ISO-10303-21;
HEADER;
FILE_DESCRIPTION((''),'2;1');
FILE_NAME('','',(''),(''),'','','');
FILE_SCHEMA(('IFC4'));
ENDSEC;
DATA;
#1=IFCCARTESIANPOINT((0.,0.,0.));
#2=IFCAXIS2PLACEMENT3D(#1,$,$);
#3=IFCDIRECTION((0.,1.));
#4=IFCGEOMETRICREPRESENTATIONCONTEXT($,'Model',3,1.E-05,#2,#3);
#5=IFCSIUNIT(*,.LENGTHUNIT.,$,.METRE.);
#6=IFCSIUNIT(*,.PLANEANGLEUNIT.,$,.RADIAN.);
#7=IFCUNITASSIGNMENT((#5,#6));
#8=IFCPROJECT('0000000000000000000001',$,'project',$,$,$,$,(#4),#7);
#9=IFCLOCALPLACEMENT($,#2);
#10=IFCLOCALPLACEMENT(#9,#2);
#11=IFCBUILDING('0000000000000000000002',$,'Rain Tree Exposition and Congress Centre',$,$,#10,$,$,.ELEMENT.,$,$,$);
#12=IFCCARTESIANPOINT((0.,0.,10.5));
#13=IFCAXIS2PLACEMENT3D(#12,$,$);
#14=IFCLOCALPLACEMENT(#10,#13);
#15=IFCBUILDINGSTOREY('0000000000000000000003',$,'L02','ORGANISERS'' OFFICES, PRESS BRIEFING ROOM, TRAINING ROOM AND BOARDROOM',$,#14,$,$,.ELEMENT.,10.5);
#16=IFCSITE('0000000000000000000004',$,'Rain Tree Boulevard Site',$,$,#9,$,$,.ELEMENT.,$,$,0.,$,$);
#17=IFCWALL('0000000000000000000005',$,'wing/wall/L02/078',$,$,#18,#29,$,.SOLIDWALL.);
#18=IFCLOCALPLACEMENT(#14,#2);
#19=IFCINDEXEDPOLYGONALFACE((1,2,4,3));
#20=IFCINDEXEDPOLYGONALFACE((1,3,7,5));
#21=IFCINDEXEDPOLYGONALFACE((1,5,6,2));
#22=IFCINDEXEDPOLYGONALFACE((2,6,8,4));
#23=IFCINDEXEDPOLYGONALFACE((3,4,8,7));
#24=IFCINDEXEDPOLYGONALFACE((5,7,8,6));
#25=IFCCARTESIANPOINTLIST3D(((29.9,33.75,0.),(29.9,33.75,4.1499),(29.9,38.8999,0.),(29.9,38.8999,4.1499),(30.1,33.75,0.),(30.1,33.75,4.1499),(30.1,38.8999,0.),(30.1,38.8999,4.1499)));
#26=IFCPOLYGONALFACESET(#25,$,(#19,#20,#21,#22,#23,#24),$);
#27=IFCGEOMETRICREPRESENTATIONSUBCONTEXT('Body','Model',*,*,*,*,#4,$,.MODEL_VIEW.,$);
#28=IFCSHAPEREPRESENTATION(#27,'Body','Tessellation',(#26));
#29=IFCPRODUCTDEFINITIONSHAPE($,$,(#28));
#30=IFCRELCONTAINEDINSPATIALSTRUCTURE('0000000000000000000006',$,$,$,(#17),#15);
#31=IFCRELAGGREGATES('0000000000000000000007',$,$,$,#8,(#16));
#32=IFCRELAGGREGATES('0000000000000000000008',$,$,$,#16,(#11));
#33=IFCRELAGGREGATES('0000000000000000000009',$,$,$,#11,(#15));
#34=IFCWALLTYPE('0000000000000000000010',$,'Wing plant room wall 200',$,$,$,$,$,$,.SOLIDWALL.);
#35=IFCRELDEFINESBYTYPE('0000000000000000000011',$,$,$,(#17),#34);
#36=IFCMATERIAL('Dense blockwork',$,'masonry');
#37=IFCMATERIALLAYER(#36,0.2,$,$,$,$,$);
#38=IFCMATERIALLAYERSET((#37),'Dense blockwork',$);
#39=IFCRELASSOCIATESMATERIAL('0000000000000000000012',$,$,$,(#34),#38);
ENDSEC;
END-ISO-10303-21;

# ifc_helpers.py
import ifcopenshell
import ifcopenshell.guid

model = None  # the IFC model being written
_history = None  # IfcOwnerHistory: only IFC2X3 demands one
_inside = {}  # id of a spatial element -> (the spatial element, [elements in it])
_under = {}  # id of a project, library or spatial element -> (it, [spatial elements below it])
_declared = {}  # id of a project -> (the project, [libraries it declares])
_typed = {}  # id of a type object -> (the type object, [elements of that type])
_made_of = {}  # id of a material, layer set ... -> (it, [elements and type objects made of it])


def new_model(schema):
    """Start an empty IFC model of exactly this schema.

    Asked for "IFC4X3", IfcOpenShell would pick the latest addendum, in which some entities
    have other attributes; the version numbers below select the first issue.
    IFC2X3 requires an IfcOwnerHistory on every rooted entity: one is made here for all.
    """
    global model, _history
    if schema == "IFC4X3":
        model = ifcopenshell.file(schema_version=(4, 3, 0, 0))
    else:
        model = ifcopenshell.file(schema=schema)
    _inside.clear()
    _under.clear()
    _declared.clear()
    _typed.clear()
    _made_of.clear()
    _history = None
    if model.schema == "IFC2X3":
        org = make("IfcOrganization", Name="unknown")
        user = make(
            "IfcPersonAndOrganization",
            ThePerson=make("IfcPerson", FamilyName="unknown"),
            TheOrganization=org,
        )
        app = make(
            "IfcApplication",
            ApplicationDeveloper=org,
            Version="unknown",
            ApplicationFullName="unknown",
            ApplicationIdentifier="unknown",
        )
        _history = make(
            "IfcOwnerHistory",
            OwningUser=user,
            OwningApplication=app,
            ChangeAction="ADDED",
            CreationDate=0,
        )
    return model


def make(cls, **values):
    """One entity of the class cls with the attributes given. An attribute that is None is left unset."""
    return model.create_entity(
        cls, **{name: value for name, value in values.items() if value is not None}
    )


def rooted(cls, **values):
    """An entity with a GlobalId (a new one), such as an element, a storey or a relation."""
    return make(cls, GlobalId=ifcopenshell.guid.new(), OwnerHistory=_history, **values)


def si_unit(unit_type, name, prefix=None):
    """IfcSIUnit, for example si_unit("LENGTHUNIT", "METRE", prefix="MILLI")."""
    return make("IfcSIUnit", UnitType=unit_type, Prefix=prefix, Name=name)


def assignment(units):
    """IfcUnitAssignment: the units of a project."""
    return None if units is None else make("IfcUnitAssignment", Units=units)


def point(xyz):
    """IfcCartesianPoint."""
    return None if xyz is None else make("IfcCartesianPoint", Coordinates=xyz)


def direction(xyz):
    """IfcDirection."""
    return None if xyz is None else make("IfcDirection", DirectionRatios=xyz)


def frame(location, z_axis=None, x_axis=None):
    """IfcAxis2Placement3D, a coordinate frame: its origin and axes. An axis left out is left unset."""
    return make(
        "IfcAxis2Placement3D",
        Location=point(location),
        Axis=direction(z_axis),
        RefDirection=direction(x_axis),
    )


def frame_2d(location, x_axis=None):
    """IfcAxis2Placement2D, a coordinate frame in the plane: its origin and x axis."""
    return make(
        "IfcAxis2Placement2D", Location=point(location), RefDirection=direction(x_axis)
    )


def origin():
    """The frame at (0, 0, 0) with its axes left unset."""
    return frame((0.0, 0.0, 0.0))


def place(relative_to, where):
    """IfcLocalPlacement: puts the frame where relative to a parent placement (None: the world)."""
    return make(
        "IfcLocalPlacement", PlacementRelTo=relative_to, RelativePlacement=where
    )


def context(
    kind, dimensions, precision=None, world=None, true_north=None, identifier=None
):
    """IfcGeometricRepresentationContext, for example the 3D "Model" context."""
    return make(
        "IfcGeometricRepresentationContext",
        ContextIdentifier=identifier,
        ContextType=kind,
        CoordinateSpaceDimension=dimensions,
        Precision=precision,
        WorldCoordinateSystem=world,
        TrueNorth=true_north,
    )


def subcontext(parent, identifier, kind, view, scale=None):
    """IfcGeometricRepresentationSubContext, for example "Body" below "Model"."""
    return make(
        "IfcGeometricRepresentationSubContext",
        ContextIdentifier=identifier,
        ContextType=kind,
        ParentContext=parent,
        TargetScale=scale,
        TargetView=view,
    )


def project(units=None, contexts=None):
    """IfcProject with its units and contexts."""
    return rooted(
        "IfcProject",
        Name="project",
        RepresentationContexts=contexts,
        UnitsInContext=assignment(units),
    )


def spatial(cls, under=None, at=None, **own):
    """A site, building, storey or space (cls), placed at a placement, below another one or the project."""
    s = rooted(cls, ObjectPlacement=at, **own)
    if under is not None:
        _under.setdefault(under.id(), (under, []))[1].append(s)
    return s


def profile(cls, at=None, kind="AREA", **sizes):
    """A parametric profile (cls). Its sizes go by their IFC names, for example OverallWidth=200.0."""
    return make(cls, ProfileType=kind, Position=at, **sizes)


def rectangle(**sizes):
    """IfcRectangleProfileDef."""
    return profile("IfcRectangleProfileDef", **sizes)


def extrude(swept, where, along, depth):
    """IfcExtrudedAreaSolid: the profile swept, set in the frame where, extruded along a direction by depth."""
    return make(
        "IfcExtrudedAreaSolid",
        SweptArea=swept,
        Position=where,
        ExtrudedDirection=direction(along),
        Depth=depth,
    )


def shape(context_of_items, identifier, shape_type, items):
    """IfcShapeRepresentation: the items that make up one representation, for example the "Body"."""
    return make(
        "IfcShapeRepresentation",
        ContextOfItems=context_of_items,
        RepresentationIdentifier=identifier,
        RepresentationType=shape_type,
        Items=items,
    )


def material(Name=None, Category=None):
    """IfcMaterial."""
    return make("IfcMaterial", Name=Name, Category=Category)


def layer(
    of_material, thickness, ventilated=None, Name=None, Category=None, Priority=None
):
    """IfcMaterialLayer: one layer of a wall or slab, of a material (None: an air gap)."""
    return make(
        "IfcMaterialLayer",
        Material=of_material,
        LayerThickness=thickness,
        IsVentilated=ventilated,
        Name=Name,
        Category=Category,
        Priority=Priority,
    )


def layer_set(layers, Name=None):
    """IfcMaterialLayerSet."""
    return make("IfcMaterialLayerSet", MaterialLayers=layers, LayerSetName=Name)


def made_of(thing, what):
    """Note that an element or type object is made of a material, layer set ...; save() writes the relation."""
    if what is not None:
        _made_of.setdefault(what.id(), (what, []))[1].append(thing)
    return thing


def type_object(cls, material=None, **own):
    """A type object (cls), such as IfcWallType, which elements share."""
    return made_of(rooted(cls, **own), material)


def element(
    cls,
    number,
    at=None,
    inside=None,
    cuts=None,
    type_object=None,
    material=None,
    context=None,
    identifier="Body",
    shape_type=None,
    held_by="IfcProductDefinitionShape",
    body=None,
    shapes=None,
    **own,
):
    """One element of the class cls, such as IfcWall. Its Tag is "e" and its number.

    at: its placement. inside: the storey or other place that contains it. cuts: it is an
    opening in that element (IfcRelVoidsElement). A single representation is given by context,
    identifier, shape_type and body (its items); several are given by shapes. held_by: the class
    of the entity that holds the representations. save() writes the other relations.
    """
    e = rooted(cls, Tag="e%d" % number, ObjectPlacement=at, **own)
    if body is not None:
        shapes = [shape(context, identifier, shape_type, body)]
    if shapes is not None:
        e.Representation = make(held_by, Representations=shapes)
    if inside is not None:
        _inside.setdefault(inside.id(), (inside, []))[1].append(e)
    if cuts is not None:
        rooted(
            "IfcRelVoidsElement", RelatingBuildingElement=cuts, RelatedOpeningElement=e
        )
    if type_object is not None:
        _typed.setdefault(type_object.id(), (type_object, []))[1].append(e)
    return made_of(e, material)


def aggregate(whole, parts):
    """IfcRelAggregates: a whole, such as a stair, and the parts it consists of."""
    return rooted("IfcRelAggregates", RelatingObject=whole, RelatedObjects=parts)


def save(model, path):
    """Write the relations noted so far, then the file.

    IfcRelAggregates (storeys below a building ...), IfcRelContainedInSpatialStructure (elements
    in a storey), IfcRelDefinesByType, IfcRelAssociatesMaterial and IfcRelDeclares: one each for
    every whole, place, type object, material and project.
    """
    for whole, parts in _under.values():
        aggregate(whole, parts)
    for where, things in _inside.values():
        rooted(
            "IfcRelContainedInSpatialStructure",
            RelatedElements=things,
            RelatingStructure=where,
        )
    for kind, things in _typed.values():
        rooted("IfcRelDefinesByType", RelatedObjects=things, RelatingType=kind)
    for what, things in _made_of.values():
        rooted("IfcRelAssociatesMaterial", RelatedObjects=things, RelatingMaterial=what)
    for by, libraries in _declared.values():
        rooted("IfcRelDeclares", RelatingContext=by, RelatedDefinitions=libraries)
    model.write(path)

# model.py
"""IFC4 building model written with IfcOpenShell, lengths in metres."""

from ifc_helpers import new_model, si_unit, direction, frame, frame_2d, origin, place, context, subcontext, project, spatial, rectangle, extrude, material, layer, layer_set, type_object, element, save


model = new_model("IFC4")

# Units and contexts
model_context = context("Model", 3, precision=1e-05, world=origin(), true_north=direction((0.0, 1.0)))
body_context = subcontext(model_context, "Body", "Model", "MODEL_VIEW")
ifc_project = project(units=[si_unit("LENGTHUNIT", "METRE"), si_unit("PLANEANGLEUNIT", "RADIAN")], contexts=[model_context])

# Site, building, storey
site_placement = place(None, origin())
site = spatial("IfcSite", under=ifc_project, at=site_placement, Name="Rain Tree Boulevard Site", CompositionType="ELEMENT", RefElevation=0.0)
building_placement = place(site_placement, origin())
building = spatial("IfcBuilding", under=site, at=building_placement, Name="Rain Tree Exposition and Congress Centre", CompositionType="ELEMENT")
storey_placement = place(building_placement, frame((0.0, 0.0, 10.5)))
storey = spatial("IfcBuildingStorey", under=building, at=storey_placement, Name="L02", Description="ORGANISERS' OFFICES, PRESS BRIEFING ROOM, TRAINING ROOM AND BOARDROOM", CompositionType="ELEMENT", Elevation=10.5)

# Wall
ifc_material_1 = material(Name="Dense blockwork", Category="masonry")
ifc_layer_1 = layer(ifc_material_1, 0.2)
ifc_layer_set_1 = layer_set([ifc_layer_1], Name="Dense blockwork")
wall_type_1 = type_object("IfcWallType", Name="Wing plant room wall 200", PredefinedType="SOLIDWALL", material=ifc_layer_set_1)
wall_1_placement = place(storey_placement, frame((30.0, 33.75, 0.0), z_axis=(0.0, 0.0, 1.0), x_axis=(0.0, 1.0, 0.0)))
element("IfcWall", 1, at=wall_1_placement, inside=storey, type_object=wall_type_1, Name="wing/wall/L02/078", PredefinedType="SOLIDWALL", context=body_context, shape_type="SweptSolid", body=[
    extrude(rectangle(XDim=5.1499, YDim=0.2, at=frame_2d((2.575, 0.0))), origin(), (0.0, 0.0, 1.0), 4.1499),
])

save(model, "model.ifc")
